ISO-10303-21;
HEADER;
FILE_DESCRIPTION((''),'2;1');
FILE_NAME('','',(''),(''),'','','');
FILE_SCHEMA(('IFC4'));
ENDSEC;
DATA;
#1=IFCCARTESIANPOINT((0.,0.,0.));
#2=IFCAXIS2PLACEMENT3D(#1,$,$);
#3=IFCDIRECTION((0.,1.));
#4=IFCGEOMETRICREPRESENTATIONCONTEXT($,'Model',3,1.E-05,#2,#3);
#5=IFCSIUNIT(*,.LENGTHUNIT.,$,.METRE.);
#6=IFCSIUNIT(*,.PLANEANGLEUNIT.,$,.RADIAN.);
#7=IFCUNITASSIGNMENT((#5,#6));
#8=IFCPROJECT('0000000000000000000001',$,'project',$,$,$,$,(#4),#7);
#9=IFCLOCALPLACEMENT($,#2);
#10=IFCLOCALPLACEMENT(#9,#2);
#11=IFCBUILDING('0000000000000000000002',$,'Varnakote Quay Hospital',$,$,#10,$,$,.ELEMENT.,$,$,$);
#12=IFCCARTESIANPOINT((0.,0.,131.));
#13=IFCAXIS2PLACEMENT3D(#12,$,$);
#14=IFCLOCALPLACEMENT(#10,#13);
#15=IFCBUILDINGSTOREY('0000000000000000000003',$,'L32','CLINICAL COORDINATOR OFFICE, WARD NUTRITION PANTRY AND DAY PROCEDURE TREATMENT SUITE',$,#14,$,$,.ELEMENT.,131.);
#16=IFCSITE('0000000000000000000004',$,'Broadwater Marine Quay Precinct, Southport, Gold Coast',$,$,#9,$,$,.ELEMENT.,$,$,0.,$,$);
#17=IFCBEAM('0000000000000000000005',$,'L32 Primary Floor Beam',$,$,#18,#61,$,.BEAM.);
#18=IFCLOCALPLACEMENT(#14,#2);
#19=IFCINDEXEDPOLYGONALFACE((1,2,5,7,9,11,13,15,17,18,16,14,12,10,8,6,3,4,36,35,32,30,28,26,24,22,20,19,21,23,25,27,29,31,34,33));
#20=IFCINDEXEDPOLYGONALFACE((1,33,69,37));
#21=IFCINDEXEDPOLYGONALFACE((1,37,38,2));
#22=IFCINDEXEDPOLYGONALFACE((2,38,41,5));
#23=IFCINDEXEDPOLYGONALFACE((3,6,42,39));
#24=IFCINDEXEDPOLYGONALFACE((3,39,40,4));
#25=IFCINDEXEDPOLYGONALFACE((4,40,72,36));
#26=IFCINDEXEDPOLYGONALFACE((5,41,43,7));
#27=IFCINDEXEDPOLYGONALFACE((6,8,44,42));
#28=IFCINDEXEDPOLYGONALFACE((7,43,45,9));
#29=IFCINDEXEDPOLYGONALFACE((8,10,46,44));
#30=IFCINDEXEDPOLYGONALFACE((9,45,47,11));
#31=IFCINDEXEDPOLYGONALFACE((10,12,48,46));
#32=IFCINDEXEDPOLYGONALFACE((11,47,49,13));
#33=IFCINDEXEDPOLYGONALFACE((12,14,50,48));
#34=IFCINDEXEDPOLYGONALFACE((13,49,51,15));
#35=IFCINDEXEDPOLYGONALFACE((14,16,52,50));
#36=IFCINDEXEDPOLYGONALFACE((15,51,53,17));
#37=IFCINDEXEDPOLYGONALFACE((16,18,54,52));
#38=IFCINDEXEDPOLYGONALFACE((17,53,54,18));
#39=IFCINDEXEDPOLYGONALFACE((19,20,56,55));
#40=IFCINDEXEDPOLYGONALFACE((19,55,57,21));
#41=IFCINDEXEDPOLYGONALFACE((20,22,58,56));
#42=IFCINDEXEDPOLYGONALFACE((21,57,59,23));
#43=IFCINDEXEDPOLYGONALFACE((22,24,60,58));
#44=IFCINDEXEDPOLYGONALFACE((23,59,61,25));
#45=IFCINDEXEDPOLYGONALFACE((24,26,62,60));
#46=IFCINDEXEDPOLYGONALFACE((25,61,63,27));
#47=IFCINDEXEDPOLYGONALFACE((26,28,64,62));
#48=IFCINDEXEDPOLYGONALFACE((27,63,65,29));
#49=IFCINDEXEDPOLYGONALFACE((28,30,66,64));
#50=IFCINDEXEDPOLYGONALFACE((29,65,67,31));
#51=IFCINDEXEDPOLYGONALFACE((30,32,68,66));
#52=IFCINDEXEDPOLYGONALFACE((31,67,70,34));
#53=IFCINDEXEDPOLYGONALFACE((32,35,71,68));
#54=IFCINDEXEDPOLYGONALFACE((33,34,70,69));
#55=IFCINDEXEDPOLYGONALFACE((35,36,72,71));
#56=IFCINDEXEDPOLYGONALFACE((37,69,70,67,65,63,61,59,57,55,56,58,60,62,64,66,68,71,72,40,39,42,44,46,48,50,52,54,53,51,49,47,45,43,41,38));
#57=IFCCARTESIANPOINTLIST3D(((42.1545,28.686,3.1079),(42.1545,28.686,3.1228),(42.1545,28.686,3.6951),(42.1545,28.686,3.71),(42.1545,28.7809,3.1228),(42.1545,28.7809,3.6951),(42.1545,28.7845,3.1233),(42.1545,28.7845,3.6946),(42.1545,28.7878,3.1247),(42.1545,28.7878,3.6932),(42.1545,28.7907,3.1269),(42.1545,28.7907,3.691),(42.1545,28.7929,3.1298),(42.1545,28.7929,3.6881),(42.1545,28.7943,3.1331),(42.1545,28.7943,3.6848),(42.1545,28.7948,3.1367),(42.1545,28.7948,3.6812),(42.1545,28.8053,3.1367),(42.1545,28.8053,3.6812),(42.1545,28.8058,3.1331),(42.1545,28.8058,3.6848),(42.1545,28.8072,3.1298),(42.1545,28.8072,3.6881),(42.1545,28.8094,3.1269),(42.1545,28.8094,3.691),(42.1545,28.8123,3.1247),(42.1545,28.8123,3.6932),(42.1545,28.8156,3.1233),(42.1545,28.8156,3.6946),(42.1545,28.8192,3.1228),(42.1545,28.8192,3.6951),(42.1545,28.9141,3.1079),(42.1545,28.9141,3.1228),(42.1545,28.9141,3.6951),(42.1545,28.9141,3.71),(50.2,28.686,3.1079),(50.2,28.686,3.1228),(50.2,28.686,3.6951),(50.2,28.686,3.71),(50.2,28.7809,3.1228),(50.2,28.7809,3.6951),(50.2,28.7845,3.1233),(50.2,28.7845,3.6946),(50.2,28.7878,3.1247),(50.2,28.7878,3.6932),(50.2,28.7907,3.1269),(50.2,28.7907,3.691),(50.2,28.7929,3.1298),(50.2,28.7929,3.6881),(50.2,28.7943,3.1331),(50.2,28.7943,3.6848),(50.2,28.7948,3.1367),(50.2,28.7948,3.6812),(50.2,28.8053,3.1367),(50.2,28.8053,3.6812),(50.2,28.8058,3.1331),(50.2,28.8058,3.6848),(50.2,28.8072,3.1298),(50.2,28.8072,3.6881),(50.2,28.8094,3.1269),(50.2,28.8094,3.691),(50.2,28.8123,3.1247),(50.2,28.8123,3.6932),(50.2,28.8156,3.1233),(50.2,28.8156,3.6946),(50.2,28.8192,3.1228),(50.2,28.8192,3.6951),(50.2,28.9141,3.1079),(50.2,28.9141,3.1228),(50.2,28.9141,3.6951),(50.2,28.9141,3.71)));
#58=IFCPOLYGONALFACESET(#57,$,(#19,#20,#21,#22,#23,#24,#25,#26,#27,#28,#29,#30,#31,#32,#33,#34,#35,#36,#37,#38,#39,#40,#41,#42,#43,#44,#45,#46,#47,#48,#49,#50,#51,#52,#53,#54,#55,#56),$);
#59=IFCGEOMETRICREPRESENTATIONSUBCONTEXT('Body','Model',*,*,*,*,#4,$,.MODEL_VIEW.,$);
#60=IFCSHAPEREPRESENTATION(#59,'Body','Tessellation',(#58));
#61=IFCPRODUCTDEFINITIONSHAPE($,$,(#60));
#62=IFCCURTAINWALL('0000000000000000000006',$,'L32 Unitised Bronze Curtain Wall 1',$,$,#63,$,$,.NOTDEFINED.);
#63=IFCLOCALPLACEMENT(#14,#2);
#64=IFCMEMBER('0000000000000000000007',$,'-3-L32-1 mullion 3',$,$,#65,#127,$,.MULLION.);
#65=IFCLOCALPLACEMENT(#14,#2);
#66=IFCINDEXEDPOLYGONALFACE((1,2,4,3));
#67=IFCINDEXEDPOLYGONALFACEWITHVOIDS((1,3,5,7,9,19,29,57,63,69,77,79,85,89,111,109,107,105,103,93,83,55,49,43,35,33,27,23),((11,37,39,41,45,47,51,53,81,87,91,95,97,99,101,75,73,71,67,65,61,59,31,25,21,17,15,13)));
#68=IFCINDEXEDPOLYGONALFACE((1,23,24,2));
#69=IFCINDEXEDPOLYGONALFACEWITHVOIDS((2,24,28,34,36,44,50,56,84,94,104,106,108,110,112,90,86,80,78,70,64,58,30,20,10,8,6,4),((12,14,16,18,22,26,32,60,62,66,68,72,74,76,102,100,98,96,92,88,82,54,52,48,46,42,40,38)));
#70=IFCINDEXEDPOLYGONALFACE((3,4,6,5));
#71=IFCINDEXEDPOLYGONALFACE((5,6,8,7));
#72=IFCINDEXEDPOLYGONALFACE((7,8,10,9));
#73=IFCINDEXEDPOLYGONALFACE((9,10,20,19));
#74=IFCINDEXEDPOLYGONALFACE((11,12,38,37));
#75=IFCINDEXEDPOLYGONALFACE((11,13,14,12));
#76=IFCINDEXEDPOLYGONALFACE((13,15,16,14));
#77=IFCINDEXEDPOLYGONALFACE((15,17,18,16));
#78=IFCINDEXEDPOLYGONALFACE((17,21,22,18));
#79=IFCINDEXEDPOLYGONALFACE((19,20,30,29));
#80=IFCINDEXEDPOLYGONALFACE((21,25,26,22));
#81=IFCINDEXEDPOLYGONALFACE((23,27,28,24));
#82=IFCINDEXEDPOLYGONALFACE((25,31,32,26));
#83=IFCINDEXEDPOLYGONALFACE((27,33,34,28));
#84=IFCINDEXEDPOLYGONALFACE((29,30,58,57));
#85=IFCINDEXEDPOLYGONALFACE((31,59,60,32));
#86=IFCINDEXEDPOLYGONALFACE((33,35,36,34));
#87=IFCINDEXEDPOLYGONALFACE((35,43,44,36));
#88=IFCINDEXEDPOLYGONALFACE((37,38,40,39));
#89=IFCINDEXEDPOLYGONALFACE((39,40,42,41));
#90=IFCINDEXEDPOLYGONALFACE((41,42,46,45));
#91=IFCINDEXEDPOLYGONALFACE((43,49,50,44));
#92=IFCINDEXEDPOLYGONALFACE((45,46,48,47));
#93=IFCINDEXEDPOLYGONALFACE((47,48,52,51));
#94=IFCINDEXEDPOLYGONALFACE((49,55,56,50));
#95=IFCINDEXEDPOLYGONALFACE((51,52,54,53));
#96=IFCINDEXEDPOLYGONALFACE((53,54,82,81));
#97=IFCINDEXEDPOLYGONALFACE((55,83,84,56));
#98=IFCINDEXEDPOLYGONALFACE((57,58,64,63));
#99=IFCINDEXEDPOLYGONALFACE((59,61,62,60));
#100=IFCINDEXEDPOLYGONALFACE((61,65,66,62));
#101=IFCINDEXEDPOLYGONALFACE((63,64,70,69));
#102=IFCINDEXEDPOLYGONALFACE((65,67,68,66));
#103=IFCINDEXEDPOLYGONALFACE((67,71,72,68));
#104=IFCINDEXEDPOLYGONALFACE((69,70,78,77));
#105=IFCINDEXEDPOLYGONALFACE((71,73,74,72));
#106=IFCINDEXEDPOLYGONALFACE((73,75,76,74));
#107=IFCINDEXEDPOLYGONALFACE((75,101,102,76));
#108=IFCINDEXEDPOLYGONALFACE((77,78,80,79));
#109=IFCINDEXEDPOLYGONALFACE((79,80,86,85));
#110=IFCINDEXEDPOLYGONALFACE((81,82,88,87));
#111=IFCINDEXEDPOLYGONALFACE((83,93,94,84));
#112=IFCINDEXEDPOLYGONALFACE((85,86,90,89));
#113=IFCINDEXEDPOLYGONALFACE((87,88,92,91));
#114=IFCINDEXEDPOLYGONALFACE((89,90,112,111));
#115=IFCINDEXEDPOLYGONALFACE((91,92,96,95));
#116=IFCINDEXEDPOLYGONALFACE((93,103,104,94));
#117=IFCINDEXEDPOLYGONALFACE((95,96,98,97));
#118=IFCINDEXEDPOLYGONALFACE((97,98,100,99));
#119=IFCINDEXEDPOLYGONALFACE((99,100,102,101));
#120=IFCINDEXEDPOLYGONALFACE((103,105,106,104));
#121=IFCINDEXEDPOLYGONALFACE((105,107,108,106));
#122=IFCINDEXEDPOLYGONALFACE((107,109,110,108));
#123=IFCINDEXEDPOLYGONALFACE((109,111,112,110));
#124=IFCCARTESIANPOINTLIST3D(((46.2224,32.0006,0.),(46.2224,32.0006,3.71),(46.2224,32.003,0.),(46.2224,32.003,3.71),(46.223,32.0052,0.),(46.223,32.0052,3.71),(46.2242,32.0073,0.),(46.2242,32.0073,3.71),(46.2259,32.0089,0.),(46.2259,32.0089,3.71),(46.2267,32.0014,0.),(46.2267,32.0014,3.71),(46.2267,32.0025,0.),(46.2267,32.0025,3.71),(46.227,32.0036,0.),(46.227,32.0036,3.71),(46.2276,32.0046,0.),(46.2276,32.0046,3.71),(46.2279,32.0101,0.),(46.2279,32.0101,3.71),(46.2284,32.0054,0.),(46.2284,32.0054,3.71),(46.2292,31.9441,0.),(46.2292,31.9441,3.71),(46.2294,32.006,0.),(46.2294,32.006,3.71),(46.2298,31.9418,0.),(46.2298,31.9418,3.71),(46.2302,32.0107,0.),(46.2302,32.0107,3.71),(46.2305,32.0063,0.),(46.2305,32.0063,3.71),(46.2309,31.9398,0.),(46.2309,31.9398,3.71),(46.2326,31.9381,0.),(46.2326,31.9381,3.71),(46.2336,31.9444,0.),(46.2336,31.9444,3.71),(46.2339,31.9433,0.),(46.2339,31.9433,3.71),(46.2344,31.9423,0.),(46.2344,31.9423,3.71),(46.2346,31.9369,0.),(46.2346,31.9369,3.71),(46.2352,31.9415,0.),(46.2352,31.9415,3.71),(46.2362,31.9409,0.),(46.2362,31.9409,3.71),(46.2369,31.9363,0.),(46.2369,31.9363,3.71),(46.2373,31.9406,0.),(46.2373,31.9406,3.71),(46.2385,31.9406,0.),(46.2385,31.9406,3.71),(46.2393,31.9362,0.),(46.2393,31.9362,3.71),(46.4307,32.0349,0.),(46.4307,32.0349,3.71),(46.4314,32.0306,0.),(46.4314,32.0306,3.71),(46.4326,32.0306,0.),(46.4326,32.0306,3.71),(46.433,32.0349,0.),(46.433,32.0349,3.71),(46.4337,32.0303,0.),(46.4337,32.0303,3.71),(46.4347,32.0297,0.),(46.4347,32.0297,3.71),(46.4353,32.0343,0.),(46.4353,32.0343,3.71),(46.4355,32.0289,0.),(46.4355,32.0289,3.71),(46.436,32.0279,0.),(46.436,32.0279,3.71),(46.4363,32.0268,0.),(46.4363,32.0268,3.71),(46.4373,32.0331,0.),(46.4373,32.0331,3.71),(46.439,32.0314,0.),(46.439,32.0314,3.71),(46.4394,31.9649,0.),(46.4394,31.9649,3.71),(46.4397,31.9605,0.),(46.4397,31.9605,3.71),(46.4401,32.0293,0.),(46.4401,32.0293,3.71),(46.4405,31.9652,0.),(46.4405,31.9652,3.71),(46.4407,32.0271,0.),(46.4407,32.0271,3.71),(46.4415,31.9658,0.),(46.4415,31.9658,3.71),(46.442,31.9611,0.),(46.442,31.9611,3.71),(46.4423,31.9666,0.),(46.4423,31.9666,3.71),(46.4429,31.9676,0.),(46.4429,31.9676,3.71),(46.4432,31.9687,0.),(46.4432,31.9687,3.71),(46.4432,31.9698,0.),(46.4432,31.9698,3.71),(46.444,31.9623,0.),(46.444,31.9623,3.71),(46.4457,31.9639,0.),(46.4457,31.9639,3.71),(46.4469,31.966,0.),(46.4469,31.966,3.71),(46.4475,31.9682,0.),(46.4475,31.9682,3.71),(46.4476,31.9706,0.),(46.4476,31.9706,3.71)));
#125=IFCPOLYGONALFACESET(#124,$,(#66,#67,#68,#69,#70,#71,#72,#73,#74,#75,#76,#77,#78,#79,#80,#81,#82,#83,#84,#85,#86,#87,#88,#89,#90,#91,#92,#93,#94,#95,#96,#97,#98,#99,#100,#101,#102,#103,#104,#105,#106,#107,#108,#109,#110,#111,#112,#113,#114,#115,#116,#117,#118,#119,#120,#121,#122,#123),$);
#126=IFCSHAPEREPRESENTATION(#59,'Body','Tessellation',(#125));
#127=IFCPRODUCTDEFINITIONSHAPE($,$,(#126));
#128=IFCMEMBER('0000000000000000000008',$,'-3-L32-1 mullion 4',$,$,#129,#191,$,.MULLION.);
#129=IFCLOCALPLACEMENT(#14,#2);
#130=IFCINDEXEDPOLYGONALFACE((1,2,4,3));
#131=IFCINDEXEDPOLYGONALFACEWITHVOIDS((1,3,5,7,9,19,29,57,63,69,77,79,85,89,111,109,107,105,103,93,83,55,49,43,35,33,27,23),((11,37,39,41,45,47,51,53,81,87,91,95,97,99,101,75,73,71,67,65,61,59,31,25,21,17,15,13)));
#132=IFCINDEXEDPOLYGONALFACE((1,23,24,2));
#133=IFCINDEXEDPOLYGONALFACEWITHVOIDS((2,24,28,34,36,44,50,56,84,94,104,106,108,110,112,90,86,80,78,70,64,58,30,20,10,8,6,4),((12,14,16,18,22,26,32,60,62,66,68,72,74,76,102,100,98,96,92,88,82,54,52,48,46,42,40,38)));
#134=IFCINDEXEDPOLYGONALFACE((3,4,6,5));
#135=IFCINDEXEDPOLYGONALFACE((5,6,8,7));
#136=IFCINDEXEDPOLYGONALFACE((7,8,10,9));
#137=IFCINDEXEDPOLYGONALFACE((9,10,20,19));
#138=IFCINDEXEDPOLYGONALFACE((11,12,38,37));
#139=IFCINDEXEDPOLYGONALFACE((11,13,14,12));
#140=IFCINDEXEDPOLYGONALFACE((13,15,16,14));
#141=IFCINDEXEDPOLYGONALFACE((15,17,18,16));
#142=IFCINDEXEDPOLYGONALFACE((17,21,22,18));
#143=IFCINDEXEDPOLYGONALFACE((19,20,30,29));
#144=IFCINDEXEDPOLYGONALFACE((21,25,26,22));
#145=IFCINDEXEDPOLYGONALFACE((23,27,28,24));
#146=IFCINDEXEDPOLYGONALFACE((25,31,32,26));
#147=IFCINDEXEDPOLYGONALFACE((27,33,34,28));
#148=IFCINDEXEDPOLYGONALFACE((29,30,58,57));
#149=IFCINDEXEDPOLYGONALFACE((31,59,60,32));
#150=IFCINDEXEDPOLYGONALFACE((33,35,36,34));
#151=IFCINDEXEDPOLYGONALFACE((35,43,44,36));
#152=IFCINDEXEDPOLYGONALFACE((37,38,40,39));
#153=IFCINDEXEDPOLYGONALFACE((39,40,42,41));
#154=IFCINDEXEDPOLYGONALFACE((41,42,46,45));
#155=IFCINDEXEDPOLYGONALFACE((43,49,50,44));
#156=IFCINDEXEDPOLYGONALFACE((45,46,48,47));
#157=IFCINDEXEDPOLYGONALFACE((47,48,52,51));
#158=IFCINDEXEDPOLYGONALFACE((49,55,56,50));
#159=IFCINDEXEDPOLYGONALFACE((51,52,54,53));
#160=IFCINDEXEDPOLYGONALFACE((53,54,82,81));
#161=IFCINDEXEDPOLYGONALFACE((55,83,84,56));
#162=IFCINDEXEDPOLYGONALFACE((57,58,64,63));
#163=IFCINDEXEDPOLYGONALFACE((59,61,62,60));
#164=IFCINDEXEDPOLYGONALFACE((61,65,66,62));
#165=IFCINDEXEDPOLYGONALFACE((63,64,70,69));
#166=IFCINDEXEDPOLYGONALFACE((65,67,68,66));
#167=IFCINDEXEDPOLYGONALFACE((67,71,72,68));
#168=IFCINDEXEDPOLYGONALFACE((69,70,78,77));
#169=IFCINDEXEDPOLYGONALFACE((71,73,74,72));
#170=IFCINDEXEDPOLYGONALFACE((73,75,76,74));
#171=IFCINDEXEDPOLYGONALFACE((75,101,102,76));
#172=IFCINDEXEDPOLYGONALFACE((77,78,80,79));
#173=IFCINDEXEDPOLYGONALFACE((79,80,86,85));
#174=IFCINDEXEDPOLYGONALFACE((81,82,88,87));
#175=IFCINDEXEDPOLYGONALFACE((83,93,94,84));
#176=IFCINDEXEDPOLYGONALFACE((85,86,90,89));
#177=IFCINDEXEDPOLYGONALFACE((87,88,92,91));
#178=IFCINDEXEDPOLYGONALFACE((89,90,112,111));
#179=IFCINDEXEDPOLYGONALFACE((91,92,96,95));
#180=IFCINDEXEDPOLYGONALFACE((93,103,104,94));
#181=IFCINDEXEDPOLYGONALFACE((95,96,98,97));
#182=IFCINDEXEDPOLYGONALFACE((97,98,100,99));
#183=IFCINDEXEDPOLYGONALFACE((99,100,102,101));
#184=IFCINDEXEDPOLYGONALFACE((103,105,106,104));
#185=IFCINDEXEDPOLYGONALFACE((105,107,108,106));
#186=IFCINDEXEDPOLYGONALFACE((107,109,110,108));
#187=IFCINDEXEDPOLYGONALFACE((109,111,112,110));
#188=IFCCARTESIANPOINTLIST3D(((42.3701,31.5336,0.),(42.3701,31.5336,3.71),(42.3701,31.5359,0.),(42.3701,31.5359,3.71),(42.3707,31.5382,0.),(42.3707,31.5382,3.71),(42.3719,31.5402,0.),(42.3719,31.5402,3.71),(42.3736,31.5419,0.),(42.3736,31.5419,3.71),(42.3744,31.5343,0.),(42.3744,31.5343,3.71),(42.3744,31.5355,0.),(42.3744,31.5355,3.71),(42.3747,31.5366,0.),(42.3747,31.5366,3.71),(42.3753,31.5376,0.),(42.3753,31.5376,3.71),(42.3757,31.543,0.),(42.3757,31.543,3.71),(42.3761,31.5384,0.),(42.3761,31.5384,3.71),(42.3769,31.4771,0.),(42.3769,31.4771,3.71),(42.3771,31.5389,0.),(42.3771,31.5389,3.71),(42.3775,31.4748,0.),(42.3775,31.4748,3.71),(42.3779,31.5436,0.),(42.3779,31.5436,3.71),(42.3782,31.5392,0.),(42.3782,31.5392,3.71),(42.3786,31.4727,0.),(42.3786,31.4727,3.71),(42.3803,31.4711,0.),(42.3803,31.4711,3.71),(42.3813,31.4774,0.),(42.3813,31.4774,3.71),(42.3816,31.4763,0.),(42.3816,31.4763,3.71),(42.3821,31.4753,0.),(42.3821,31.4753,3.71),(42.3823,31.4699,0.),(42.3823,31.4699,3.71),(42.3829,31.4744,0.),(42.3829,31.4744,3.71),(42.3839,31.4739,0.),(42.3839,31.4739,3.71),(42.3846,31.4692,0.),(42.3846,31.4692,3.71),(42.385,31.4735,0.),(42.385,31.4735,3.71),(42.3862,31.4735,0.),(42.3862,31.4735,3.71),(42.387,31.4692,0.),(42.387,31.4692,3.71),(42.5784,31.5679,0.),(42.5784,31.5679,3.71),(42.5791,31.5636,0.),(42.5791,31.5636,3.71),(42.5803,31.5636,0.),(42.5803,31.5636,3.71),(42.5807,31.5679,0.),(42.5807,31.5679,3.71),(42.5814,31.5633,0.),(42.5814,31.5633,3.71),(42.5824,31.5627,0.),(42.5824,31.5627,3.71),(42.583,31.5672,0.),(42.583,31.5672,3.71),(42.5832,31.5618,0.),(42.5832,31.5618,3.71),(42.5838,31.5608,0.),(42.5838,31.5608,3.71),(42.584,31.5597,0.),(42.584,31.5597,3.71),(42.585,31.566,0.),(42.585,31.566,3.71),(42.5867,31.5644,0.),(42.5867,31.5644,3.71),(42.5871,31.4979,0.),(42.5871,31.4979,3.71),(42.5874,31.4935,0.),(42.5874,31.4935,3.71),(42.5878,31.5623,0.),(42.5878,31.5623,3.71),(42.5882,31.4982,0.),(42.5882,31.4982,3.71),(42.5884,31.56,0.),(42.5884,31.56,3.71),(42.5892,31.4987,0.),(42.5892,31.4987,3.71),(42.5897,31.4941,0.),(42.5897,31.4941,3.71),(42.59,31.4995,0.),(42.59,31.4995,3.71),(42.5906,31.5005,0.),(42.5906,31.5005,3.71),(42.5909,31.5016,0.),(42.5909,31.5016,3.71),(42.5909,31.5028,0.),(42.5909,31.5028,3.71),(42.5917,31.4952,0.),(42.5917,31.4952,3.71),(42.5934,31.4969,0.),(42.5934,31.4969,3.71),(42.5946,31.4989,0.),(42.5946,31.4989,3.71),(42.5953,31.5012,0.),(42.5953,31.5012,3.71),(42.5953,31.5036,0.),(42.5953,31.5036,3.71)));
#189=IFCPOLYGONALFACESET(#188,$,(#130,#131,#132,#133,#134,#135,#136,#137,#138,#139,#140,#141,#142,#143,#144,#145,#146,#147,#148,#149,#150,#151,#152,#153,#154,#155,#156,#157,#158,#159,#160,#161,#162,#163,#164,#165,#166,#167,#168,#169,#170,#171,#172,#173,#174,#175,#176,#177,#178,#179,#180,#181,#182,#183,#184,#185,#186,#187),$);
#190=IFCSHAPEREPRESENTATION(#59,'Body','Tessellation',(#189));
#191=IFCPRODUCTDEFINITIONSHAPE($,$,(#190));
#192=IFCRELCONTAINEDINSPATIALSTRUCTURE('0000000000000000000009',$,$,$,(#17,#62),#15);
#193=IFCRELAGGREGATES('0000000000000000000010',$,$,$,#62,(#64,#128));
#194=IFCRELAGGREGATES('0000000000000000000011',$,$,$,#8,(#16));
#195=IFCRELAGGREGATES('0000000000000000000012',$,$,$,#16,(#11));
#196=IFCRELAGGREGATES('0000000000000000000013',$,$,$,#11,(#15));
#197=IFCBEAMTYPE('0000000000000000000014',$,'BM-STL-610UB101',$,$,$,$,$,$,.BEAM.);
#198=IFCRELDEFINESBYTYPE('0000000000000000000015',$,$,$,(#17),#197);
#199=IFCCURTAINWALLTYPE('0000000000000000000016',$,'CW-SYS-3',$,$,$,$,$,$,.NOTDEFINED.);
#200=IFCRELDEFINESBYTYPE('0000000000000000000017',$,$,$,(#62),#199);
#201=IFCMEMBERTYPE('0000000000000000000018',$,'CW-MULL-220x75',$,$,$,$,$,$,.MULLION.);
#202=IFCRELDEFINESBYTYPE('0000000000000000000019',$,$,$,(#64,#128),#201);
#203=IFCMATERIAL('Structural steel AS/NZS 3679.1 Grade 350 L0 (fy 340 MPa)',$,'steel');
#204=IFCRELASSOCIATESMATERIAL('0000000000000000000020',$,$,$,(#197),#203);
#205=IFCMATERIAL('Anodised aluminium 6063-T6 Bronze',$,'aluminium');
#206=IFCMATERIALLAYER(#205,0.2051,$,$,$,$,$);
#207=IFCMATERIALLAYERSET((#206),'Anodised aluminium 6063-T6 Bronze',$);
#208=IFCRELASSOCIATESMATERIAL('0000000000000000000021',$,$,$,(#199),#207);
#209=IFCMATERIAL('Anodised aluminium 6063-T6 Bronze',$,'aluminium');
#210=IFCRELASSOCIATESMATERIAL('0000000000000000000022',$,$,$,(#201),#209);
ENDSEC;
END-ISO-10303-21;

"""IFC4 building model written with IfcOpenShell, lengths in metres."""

from ifc_helpers import new_model, si_unit, direction, frame, origin, origin_2d, place, context, subcontext, project, spatial, hollow_rectangle, i_section, extrude, material, layer, layer_set, material_profile, profile_set, type_object, element, aggregate, save


model = new_model("IFC4")

# Units and contexts
model_context = context("Model", 3, precision=1e-05, world=origin(), true_north=direction((0.0, 1.0)))
body_context = subcontext(model_context, "Body", "Model", "MODEL_VIEW")
ifc_project = project(units=[si_unit("LENGTHUNIT", "METRE"), si_unit("PLANEANGLEUNIT", "RADIAN")], contexts=[model_context])

# Site, building, storey
site_placement = place(None, origin())
site = spatial("IfcSite", under=ifc_project, at=site_placement, Name="Broadwater Marine Quay Precinct, Southport, Gold Coast", CompositionType="ELEMENT", RefElevation=0.0)
building_placement = place(site_placement, origin())
building = spatial("IfcBuilding", under=site, at=building_placement, Name="Varnakote Quay Hospital", CompositionType="ELEMENT")
storey_placement = place(building_placement, frame((0.0, 0.0, 131.0)))
storey = spatial("IfcBuildingStorey", under=building, at=storey_placement, Name="L32", Description="CLINICAL COORDINATOR OFFICE, WARD NUTRITION PANTRY AND DAY PROCEDURE TREATMENT SUITE", CompositionType="ELEMENT", Elevation=131.0)

# Beam
ifc_material_1 = material(Name="Structural steel AS/NZS 3679.1 Grade 350 L0 (fy 340 MPa)", Category="steel")
ifc_material_profile_1 = material_profile(ifc_material_1, i_section(OverallWidth=0.228, OverallDepth=0.6021, WebThickness=0.0105, FlangeThickness=0.0149, FilletRadius=0.0139, at=origin_2d()), Name="610UB101")
ifc_profile_set_1 = profile_set([ifc_material_profile_1], Name="Structural steel AS/NZS 3679.1 Grade 350 L0 (fy 340 MPa)")
beam_type_1 = type_object("IfcBeamType", Name="BM-STL-610UB101", PredefinedType="BEAM", material=ifc_profile_set_1)
beam_1_placement = place(storey_placement, frame((42.1545, 28.8, 3.4089), z_axis=(1.0, 0.0, 0.0), x_axis=(0.0, 1.0, 0.0)))
element("IfcBeam", 1, at=beam_1_placement, inside=storey, type_object=beam_type_1, Name="L32 Primary Floor Beam", PredefinedType="BEAM", context=body_context, shape_type="SweptSolid", body=[
    extrude(i_section(OverallWidth=0.228, OverallDepth=0.6021, WebThickness=0.0105, FlangeThickness=0.0149, FilletRadius=0.0139, at=origin_2d()), origin(), (0.0, 0.0, 1.0), 8.0454),
])

# Curtain wall, members
ifc_material_2 = material(Name="Anodised aluminium 6063-T6 Bronze", Category="aluminium")
ifc_layer_1 = layer(ifc_material_2, 0.2051)
ifc_layer_set_1 = layer_set([ifc_layer_1], Name="Anodised aluminium 6063-T6 Bronze")
curtain_wall_type = type_object("IfcCurtainWallType", Name="CW-SYS-3", PredefinedType="NOTDEFINED", material=ifc_layer_set_1)
curtain_wall_placement = place(storey_placement, origin())
curtain_wall = element("IfcCurtainWall", 2, at=curtain_wall_placement, inside=storey, type_object=curtain_wall_type, Name="L32 Unitised Bronze Curtain Wall 1", PredefinedType="NOTDEFINED")
ifc_material_3 = material(Name="Anodised aluminium 6063-T6 Bronze", Category="aluminium")
ifc_material_profile_2 = material_profile(ifc_material_3, hollow_rectangle(XDim=0.075, YDim=0.22, WallThickness=0.0044, InnerFilletRadius=0.0044, OuterFilletRadius=0.009, at=origin_2d()), Name="CW-MULL-220x75")
ifc_profile_set_2 = profile_set([ifc_material_profile_2], Name="Anodised aluminium 6063-T6 Bronze")
member_type_1 = type_object("IfcMemberType", Name="CW-MULL-220x75", PredefinedType="MULLION", material=ifc_profile_set_2)
member_1_placement = place(storey_placement, frame((46.335, 31.9856, 0.0), z_axis=(0.0, 0.0, 1.0), x_axis=(0.120327, -0.992734, 0.0)))
member_1 = element("IfcMember", 3, at=member_1_placement, type_object=member_type_1, Name="-3-L32-1 mullion 3", PredefinedType="MULLION", context=body_context, shape_type="SweptSolid", body=[
    extrude(hollow_rectangle(XDim=0.075, YDim=0.22, WallThickness=0.0044, InnerFilletRadius=0.0044, OuterFilletRadius=0.009, at=origin_2d()), origin(), (0.0, 0.0, 1.0), 3.71),
])
member_2_placement = place(storey_placement, frame((42.4827, 31.5186, 0.0), z_axis=(0.0, 0.0, 1.0), x_axis=(0.120327, -0.992734, 0.0)))
member_2 = element("IfcMember", 4, at=member_2_placement, type_object=member_type_1, Name="-3-L32-1 mullion 4", PredefinedType="MULLION", context=body_context, shape_type="SweptSolid", body=[
    extrude(hollow_rectangle(XDim=0.075, YDim=0.22, WallThickness=0.0044, InnerFilletRadius=0.0044, OuterFilletRadius=0.009, at=origin_2d()), origin(), (0.0, 0.0, 1.0), 3.71),
])

aggregate(curtain_wall, [member_1, member_2])

save(model, "model.ifc")
